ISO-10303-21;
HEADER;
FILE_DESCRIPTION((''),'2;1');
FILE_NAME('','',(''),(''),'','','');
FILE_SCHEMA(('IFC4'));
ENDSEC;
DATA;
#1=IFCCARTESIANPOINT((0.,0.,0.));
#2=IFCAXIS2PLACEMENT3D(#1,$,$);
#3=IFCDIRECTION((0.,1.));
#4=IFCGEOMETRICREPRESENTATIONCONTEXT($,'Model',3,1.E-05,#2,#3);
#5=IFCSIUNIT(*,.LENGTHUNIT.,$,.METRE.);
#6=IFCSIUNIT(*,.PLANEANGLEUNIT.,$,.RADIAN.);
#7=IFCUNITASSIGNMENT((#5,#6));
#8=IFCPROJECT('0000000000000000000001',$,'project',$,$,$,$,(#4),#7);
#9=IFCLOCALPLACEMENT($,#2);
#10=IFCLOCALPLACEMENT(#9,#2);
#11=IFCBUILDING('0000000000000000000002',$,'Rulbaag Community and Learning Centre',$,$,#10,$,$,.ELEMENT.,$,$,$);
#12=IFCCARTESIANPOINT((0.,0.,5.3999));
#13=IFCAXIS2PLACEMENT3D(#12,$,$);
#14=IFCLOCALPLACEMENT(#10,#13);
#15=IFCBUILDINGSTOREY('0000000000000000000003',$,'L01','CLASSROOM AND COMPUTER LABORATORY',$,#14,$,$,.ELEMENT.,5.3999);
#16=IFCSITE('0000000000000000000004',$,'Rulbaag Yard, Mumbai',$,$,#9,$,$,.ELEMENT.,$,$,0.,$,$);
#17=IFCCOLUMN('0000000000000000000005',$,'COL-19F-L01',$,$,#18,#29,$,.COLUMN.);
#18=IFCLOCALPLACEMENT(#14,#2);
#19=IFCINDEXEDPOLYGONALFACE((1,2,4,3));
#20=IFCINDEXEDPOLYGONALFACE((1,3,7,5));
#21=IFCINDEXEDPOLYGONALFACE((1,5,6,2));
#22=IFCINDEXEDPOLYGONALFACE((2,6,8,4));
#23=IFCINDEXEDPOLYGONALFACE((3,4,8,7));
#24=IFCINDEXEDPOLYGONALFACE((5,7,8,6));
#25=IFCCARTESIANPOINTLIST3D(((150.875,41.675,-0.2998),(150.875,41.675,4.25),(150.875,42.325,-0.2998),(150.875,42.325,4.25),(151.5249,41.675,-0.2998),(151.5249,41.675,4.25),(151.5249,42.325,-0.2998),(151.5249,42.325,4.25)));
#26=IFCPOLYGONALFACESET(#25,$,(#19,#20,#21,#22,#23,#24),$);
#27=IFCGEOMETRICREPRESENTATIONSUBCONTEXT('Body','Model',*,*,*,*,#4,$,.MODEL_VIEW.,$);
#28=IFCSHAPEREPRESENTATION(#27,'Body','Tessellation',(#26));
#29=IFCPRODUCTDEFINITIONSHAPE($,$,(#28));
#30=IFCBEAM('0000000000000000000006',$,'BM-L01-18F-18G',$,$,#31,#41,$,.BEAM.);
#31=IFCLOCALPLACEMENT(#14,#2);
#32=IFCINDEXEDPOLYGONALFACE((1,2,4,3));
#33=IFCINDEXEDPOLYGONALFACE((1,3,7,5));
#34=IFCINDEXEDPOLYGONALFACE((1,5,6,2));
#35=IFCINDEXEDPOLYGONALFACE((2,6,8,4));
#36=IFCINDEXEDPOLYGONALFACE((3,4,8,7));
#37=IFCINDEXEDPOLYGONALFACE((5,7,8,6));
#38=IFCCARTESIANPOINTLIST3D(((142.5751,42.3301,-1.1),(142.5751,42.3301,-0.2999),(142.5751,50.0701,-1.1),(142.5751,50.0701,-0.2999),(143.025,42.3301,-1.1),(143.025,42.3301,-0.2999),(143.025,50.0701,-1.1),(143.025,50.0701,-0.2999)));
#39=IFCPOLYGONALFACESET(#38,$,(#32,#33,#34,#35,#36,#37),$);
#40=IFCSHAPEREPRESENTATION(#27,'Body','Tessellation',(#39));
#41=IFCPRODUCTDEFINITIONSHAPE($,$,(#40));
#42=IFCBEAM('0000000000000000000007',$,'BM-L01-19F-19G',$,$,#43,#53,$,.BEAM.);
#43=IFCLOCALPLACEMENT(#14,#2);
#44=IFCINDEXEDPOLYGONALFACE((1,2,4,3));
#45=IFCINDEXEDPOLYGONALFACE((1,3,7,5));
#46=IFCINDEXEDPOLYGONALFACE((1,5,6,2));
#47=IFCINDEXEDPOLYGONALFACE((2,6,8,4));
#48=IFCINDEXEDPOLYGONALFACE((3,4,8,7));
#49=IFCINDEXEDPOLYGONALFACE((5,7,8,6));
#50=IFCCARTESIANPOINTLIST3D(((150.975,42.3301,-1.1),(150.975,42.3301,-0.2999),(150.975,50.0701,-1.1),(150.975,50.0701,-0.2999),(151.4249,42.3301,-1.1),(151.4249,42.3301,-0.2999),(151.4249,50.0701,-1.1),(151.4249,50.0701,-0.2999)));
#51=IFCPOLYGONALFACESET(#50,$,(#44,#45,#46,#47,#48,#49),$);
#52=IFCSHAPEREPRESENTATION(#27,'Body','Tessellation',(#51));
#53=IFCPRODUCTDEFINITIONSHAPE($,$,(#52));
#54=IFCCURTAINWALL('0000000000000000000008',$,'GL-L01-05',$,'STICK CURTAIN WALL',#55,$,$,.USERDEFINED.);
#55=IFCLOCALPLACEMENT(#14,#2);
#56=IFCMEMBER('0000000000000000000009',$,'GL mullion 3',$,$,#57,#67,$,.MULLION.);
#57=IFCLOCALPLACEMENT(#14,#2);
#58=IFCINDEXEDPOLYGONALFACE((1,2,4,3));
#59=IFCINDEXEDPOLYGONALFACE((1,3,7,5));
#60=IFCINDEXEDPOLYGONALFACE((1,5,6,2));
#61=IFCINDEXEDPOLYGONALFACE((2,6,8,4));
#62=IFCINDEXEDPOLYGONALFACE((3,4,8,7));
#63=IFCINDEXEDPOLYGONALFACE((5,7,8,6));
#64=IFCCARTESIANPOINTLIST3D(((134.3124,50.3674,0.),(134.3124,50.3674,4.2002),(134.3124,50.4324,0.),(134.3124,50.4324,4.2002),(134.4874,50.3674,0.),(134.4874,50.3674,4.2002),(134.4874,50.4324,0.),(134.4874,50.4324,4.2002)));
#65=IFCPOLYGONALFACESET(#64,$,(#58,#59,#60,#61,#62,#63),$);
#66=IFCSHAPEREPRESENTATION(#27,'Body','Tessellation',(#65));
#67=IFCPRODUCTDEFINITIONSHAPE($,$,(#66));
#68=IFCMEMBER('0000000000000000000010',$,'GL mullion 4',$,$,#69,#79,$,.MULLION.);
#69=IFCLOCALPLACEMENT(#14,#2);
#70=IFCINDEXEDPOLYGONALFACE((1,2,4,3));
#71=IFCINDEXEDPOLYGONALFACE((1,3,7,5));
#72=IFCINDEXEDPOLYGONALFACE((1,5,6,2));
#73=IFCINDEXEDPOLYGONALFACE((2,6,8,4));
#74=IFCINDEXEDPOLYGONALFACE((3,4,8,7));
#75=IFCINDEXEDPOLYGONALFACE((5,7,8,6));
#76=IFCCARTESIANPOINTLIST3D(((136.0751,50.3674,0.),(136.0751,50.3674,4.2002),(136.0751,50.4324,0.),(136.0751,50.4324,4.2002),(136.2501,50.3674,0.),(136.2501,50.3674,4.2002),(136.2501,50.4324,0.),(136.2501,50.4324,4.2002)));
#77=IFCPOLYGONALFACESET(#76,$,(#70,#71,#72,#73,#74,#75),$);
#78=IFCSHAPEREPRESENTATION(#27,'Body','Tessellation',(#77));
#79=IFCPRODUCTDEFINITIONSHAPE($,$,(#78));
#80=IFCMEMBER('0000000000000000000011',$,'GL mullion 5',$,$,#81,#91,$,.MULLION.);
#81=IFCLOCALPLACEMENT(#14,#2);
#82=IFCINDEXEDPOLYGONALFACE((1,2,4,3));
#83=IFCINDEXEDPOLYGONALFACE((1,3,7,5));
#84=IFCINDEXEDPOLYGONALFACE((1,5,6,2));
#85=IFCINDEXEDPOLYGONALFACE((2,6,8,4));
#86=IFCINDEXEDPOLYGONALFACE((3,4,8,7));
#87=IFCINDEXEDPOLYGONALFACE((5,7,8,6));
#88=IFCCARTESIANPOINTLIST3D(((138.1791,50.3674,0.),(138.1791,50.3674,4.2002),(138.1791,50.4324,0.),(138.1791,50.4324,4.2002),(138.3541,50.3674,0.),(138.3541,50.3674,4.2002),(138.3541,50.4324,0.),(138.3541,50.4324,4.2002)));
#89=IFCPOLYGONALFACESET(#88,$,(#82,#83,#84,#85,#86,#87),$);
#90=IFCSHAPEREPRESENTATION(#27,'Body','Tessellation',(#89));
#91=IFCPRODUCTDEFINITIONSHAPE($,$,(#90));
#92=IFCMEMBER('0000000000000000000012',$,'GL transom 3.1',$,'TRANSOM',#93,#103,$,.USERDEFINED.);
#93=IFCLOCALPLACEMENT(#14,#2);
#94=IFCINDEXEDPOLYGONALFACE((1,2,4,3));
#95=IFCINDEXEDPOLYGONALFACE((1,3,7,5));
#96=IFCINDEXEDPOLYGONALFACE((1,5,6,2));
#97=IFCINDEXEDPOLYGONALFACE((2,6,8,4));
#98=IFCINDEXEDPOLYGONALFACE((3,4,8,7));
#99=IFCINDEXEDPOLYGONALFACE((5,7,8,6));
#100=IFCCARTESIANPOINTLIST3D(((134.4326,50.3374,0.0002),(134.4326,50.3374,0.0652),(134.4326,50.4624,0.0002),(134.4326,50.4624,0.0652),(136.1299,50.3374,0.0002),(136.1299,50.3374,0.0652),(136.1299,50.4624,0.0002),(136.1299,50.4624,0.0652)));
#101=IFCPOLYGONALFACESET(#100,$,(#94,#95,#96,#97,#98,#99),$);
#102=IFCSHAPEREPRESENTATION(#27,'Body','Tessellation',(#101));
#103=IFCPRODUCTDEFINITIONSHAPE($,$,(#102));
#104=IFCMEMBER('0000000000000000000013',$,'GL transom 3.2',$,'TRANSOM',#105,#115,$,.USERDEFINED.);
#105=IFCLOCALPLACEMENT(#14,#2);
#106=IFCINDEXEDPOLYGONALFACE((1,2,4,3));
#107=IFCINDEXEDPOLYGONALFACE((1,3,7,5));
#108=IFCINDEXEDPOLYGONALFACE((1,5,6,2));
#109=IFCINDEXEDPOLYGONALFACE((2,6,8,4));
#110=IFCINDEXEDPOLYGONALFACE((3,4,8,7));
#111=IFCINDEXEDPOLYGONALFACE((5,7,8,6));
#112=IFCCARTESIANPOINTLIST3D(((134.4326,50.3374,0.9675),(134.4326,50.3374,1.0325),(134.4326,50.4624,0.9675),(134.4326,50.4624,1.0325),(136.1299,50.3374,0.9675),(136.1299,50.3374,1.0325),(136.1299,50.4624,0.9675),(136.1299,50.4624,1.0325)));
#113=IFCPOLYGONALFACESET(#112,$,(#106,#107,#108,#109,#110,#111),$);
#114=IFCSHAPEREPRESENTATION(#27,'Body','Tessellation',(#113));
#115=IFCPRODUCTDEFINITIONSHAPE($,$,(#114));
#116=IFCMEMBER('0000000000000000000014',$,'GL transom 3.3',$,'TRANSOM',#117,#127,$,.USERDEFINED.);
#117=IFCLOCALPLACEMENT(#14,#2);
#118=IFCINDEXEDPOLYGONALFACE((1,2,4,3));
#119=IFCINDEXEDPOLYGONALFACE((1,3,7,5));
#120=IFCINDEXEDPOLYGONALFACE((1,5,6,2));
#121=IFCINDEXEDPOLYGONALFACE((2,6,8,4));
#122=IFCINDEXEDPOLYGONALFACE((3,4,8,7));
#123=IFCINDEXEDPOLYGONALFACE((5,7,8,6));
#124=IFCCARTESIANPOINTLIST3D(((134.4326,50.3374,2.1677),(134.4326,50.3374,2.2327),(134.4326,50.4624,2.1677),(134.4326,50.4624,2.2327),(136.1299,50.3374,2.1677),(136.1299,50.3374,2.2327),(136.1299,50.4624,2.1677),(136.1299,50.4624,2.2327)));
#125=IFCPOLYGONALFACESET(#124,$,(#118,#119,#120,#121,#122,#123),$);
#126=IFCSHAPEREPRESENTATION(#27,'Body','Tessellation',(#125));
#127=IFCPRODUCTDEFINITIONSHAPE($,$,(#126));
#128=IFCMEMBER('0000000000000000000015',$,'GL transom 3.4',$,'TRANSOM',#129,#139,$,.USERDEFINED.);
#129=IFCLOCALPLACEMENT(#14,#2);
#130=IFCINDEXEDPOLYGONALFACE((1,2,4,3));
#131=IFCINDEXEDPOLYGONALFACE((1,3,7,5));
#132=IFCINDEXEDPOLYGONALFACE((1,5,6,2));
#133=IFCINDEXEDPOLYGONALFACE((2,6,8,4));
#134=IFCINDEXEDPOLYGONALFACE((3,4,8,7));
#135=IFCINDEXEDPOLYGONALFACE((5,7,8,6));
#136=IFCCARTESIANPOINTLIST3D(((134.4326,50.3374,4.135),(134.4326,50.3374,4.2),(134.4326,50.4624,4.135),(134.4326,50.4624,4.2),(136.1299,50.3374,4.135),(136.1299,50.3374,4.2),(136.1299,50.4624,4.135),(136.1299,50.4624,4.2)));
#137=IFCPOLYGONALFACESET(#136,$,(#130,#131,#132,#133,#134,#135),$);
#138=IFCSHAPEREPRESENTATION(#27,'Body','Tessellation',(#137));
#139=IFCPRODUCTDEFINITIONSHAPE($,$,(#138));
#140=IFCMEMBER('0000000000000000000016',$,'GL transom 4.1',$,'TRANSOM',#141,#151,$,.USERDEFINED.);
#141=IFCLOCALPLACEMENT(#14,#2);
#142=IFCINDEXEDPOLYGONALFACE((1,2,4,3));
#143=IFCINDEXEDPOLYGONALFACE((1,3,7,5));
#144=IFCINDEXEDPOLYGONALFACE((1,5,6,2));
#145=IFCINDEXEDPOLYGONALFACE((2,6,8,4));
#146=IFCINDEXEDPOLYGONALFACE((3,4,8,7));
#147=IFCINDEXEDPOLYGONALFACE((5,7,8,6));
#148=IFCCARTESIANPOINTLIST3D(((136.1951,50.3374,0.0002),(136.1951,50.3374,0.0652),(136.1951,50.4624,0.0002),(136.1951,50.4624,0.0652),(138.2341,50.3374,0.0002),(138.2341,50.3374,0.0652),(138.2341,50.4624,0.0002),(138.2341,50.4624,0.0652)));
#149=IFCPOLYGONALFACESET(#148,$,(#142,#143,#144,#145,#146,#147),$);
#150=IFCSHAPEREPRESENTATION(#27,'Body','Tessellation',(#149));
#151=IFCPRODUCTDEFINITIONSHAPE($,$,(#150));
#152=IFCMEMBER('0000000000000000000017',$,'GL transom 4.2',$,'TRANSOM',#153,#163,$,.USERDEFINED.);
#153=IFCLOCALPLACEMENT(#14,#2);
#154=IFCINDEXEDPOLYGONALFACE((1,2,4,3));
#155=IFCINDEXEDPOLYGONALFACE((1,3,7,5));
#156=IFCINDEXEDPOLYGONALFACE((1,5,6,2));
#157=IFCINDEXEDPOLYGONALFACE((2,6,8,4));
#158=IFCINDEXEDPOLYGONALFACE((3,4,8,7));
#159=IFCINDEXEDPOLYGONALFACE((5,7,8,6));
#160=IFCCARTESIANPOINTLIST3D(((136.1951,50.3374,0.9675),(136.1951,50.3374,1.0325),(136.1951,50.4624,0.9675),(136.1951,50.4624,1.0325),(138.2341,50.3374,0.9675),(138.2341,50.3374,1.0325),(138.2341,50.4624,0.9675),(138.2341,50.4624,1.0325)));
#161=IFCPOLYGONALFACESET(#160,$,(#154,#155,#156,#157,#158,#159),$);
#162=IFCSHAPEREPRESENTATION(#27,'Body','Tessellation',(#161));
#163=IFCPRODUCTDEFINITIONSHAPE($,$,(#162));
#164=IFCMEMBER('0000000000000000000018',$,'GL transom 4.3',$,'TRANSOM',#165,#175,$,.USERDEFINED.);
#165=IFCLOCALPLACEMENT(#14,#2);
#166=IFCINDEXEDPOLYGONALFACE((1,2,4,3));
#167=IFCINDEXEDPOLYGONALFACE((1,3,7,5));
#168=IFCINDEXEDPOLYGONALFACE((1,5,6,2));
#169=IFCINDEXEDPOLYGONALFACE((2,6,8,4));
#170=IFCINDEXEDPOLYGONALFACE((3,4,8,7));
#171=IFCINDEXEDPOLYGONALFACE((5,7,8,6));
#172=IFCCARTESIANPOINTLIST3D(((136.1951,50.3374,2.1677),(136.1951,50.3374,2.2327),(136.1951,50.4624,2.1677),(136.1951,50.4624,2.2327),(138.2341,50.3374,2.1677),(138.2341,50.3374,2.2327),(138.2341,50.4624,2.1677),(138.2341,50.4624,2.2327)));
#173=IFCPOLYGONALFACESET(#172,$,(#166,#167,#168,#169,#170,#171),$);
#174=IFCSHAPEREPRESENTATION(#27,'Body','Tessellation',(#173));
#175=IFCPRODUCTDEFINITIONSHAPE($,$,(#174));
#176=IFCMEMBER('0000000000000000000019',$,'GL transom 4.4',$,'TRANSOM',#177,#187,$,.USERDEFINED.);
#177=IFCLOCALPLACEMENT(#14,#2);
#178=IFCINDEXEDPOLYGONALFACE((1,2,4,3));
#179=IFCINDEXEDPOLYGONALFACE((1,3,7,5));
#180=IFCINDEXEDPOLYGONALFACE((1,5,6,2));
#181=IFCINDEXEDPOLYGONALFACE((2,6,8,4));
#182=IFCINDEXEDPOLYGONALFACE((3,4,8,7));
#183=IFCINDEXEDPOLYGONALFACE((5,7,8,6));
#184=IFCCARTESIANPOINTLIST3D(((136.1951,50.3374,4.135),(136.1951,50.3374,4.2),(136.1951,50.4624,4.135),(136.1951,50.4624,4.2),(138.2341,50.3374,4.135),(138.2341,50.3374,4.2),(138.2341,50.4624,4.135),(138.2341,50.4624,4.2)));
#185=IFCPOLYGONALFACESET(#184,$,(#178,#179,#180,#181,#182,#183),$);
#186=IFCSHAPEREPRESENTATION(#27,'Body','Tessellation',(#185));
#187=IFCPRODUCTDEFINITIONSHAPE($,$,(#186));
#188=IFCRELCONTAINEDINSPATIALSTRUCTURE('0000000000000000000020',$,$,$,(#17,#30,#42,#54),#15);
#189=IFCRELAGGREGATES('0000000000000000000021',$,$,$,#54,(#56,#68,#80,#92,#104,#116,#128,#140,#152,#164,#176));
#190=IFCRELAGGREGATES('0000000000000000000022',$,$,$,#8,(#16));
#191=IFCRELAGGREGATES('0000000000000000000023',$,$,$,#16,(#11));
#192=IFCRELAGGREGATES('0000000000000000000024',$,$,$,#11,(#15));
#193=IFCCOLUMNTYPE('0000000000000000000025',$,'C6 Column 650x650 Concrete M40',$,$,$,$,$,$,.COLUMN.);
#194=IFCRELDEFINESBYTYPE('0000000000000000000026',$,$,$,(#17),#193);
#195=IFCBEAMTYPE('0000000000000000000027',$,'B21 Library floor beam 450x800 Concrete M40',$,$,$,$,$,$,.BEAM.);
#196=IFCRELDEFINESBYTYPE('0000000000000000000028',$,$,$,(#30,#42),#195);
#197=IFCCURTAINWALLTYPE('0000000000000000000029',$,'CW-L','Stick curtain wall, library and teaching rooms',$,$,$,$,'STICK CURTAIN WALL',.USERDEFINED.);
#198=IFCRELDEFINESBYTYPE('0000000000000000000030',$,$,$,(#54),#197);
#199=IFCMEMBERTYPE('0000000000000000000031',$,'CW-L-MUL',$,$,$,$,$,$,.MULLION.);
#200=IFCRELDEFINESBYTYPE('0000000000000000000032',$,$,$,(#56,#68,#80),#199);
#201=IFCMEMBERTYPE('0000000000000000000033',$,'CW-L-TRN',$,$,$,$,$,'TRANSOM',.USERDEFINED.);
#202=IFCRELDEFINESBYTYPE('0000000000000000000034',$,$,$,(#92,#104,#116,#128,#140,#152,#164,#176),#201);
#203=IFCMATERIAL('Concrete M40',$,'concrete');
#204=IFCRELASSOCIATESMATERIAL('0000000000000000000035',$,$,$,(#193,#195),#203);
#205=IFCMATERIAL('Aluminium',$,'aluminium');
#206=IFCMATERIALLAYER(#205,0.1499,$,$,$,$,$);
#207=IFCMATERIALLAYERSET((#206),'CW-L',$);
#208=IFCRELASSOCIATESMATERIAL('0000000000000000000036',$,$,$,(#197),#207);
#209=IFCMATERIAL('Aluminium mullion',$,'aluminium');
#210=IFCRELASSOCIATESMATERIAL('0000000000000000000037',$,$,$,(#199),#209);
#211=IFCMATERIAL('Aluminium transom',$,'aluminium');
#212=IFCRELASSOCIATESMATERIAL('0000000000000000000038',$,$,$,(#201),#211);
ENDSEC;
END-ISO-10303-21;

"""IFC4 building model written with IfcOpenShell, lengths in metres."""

from ifc_helpers import new_model, si_unit, direction, frame, origin, origin_2d, place, context, subcontext, project, spatial, rectangle, extrude, material, layer, layer_set, material_profile, profile_set, type_object, element, aggregate, save


model = new_model("IFC4")

# Units and contexts
model_context = context("Model", 3, precision=1e-05, world=origin(), true_north=direction((0.0, 1.0)))
body_context = subcontext(model_context, "Body", "Model", "MODEL_VIEW")
ifc_project = project(units=[si_unit("LENGTHUNIT", "METRE"), si_unit("PLANEANGLEUNIT", "RADIAN")], contexts=[model_context])

# Site, building, storey
site_placement = place(None, origin())
site = spatial("IfcSite", under=ifc_project, at=site_placement, Name="Rulbaag Yard, Mumbai", CompositionType="ELEMENT", RefElevation=0.0)
building_placement = place(site_placement, origin())
building = spatial("IfcBuilding", under=site, at=building_placement, Name="Rulbaag Community and Learning Centre", CompositionType="ELEMENT")
storey_placement = place(building_placement, frame((0.0, 0.0, 5.3999)))
storey = spatial("IfcBuildingStorey", under=building, at=storey_placement, Name="L01", Description="CLASSROOM AND COMPUTER LABORATORY", CompositionType="ELEMENT", Elevation=5.3999)

# Column
ifc_material_1 = material(Name="Concrete M40", Category="concrete")
ifc_material_profile_1 = material_profile(ifc_material_1, rectangle(XDim=0.6499, YDim=0.6499, at=origin_2d()), Name="RC650x650")
ifc_profile_set_1 = profile_set([ifc_material_profile_1], Name="Concrete M40")
column_type = type_object("IfcColumnType", Name="C6 Column 650x650 Concrete M40", PredefinedType="COLUMN", material=ifc_profile_set_1)
column_placement = place(storey_placement, frame((151.2, 42.0, -0.2998), z_axis=(0.0, 0.0, 1.0), x_axis=(1.0, 0.0, 0.0)))
element("IfcColumn", 1, at=column_placement, inside=storey, type_object=column_type, Name="COL-19F-L01", PredefinedType="COLUMN", context=body_context, shape_type="SweptSolid", body=[
    extrude(rectangle(XDim=0.6499, YDim=0.6499, at=origin_2d()), origin(), (0.0, 0.0, 1.0), 4.5498),
])

# Beams
ifc_material_profile_2 = material_profile(ifc_material_1, rectangle(XDim=0.45, YDim=0.8, at=origin_2d()), Name="RB450x800")
ifc_profile_set_2 = profile_set([ifc_material_profile_2], Name="Concrete M40")
beam_type = type_object("IfcBeamType", Name="B21 Library floor beam 450x800 Concrete M40", PredefinedType="BEAM", material=ifc_profile_set_2)
for number, where, z_axis, x_axis, name in (
    (2, (142.8, 42.3301, -0.7), (0.0, 1.0, 0.0), (-1.0, 0.0, 0.0), "BM-L01-18F-18G"),
    (3, (151.2, 42.3301, -0.7), (0.0, 1.0, 0.0), (-1.0, 0.0, 0.0), "BM-L01-19F-19G"),
):
    element("IfcBeam", number, at=place(storey_placement, frame(where, z_axis=z_axis, x_axis=x_axis)), inside=storey, type_object=beam_type, Name=name, PredefinedType="BEAM", context=body_context, shape_type="SweptSolid", body=[
        extrude(rectangle(XDim=0.45, YDim=0.8, at=origin_2d()), origin(), (0.0, 0.0, 1.0), 7.74),
    ])

# Curtain wall, members
ifc_material_2 = material(Name="Aluminium", Category="aluminium")
ifc_layer_1 = layer(ifc_material_2, 0.1499)
ifc_layer_set_1 = layer_set([ifc_layer_1], Name="CW-L")
curtain_wall_type = type_object("IfcCurtainWallType", Name="CW-L", Description="Stick curtain wall, library and teaching rooms", ElementType="STICK CURTAIN WALL", PredefinedType="USERDEFINED", material=ifc_layer_set_1)
curtain_wall_placement = place(storey_placement, origin())
curtain_wall = element("IfcCurtainWall", 4, at=curtain_wall_placement, inside=storey, type_object=curtain_wall_type, Name="GL-L01-05", ObjectType="STICK CURTAIN WALL", PredefinedType="USERDEFINED")
ifc_material_3 = material(Name="Aluminium mullion", Category="aluminium")
ifc_material_profile_3 = material_profile(ifc_material_3, rectangle(XDim=0.0649, YDim=0.175, at=origin_2d()), Name="AL 65x175")
ifc_profile_set_3 = profile_set([ifc_material_profile_3], Name="Aluminium mullion")
member_type_1 = type_object("IfcMemberType", Name="CW-L-MUL", PredefinedType="MULLION", material=ifc_profile_set_3)
member_1_placement = place(storey_placement, frame((134.3999, 50.3999, 0.0), z_axis=(0.0, 0.0, 1.0), x_axis=(0.0, 1.0, 0.0)))
member_1 = element("IfcMember", 5, at=member_1_placement, type_object=member_type_1, Name="GL mullion 3", PredefinedType="MULLION", context=body_context, shape_type="SweptSolid", body=[
    extrude(rectangle(XDim=0.0649, YDim=0.175, at=origin_2d()), origin(), (0.0, 0.0, 1.0), 4.2002),
])
member_2_placement = place(storey_placement, frame((136.1626, 50.3999, 0.0), z_axis=(0.0, 0.0, 1.0), x_axis=(0.0, 1.0, 0.0)))
member_2 = element("IfcMember", 6, at=member_2_placement, type_object=member_type_1, Name="GL mullion 4", PredefinedType="MULLION", context=body_context, shape_type="SweptSolid", body=[
    extrude(rectangle(XDim=0.0649, YDim=0.175, at=origin_2d()), origin(), (0.0, 0.0, 1.0), 4.2002),
])
member_3_placement = place(storey_placement, frame((138.2666, 50.3999, 0.0), z_axis=(0.0, 0.0, 1.0), x_axis=(0.0, 1.0, 0.0)))
member_3 = element("IfcMember", 7, at=member_3_placement, type_object=member_type_1, Name="GL mullion 5", PredefinedType="MULLION", context=body_context, shape_type="SweptSolid", body=[
    extrude(rectangle(XDim=0.0649, YDim=0.175, at=origin_2d()), origin(), (0.0, 0.0, 1.0), 4.2002),
])
ifc_material_4 = material(Name="Aluminium transom", Category="aluminium")
ifc_material_profile_4 = material_profile(ifc_material_4, rectangle(XDim=0.125, YDim=0.0649, at=origin_2d()), Name="AL 65x125 T")
ifc_profile_set_4 = profile_set([ifc_material_profile_4], Name="Aluminium transom")
member_type_2 = type_object("IfcMemberType", Name="CW-L-TRN", ElementType="TRANSOM", PredefinedType="USERDEFINED", material=ifc_profile_set_4)
member_4_placement = place(storey_placement, frame((134.4326, 50.3999, 0.0327), z_axis=(1.0, 0.0, 0.0), x_axis=(0.0, 1.0, 0.0)))
member_4 = element("IfcMember", 8, at=member_4_placement, type_object=member_type_2, Name="GL transom 3.1", ObjectType="TRANSOM", PredefinedType="USERDEFINED", context=body_context, shape_type="SweptSolid", body=[
    extrude(rectangle(XDim=0.125, YDim=0.0649, at=origin_2d()), origin(), (0.0, 0.0, 1.0), 1.6973),
])
member_5_placement = place(storey_placement, frame((134.4326, 50.3999, 1.0), z_axis=(1.0, 0.0, 0.0), x_axis=(0.0, 1.0, 0.0)))
member_5 = element("IfcMember", 9, at=member_5_placement, type_object=member_type_2, Name="GL transom 3.2", ObjectType="TRANSOM", PredefinedType="USERDEFINED", context=body_context, shape_type="SweptSolid", body=[
    extrude(rectangle(XDim=0.125, YDim=0.0649, at=origin_2d()), origin(), (0.0, 0.0, 1.0), 1.6973),
])
member_6_placement = place(storey_placement, frame((134.4326, 50.3999, 2.2002), z_axis=(1.0, 0.0, 0.0), x_axis=(0.0, 1.0, 0.0)))
member_6 = element("IfcMember", 10, at=member_6_placement, type_object=member_type_2, Name="GL transom 3.3", ObjectType="TRANSOM", PredefinedType="USERDEFINED", context=body_context, shape_type="SweptSolid", body=[
    extrude(rectangle(XDim=0.125, YDim=0.0649, at=origin_2d()), origin(), (0.0, 0.0, 1.0), 1.6973),
])
member_7_placement = place(storey_placement, frame((134.4326, 50.3999, 4.1675), z_axis=(1.0, 0.0, 0.0), x_axis=(0.0, 1.0, 0.0)))
member_7 = element("IfcMember", 11, at=member_7_placement, type_object=member_type_2, Name="GL transom 3.4", ObjectType="TRANSOM", PredefinedType="USERDEFINED", context=body_context, shape_type="SweptSolid", body=[
    extrude(rectangle(XDim=0.125, YDim=0.0649, at=origin_2d()), origin(), (0.0, 0.0, 1.0), 1.6973),
])
member_8_placement = place(storey_placement, frame((136.1951, 50.3999, 0.0327), z_axis=(1.0, 0.0, 0.0), x_axis=(0.0, 1.0, 0.0)))
member_8 = element("IfcMember", 12, at=member_8_placement, type_object=member_type_2, Name="GL transom 4.1", ObjectType="TRANSOM", PredefinedType="USERDEFINED", context=body_context, shape_type="SweptSolid", body=[
    extrude(rectangle(XDim=0.125, YDim=0.0649, at=origin_2d()), origin(), (0.0, 0.0, 1.0), 2.0391),
])
member_9_placement = place(storey_placement, frame((136.1951, 50.3999, 1.0), z_axis=(1.0, 0.0, 0.0), x_axis=(0.0, 1.0, 0.0)))
member_9 = element("IfcMember", 13, at=member_9_placement, type_object=member_type_2, Name="GL transom 4.2", ObjectType="TRANSOM", PredefinedType="USERDEFINED", context=body_context, shape_type="SweptSolid", body=[
    extrude(rectangle(XDim=0.125, YDim=0.0649, at=origin_2d()), origin(), (0.0, 0.0, 1.0), 2.0391),
])
member_10_placement = place(storey_placement, frame((136.1951, 50.3999, 2.2002), z_axis=(1.0, 0.0, 0.0), x_axis=(0.0, 1.0, 0.0)))
member_10 = element("IfcMember", 14, at=member_10_placement, type_object=member_type_2, Name="GL transom 4.3", ObjectType="TRANSOM", PredefinedType="USERDEFINED", context=body_context, shape_type="SweptSolid", body=[
    extrude(rectangle(XDim=0.125, YDim=0.0649, at=origin_2d()), origin(), (0.0, 0.0, 1.0), 2.0391),
])
member_11_placement = place(storey_placement, frame((136.1951, 50.3999, 4.1675), z_axis=(1.0, 0.0, 0.0), x_axis=(0.0, 1.0, 0.0)))
member_11 = element("IfcMember", 15, at=member_11_placement, type_object=member_type_2, Name="GL transom 4.4", ObjectType="TRANSOM", PredefinedType="USERDEFINED", context=body_context, shape_type="SweptSolid", body=[
    extrude(rectangle(XDim=0.125, YDim=0.0649, at=origin_2d()), origin(), (0.0, 0.0, 1.0), 2.0391),
])
aggregate(curtain_wall, [member_1, member_2, member_3, member_4, member_5, member_6, member_7, member_8, member_9, member_10, member_11])

save(model, "model.ifc")
